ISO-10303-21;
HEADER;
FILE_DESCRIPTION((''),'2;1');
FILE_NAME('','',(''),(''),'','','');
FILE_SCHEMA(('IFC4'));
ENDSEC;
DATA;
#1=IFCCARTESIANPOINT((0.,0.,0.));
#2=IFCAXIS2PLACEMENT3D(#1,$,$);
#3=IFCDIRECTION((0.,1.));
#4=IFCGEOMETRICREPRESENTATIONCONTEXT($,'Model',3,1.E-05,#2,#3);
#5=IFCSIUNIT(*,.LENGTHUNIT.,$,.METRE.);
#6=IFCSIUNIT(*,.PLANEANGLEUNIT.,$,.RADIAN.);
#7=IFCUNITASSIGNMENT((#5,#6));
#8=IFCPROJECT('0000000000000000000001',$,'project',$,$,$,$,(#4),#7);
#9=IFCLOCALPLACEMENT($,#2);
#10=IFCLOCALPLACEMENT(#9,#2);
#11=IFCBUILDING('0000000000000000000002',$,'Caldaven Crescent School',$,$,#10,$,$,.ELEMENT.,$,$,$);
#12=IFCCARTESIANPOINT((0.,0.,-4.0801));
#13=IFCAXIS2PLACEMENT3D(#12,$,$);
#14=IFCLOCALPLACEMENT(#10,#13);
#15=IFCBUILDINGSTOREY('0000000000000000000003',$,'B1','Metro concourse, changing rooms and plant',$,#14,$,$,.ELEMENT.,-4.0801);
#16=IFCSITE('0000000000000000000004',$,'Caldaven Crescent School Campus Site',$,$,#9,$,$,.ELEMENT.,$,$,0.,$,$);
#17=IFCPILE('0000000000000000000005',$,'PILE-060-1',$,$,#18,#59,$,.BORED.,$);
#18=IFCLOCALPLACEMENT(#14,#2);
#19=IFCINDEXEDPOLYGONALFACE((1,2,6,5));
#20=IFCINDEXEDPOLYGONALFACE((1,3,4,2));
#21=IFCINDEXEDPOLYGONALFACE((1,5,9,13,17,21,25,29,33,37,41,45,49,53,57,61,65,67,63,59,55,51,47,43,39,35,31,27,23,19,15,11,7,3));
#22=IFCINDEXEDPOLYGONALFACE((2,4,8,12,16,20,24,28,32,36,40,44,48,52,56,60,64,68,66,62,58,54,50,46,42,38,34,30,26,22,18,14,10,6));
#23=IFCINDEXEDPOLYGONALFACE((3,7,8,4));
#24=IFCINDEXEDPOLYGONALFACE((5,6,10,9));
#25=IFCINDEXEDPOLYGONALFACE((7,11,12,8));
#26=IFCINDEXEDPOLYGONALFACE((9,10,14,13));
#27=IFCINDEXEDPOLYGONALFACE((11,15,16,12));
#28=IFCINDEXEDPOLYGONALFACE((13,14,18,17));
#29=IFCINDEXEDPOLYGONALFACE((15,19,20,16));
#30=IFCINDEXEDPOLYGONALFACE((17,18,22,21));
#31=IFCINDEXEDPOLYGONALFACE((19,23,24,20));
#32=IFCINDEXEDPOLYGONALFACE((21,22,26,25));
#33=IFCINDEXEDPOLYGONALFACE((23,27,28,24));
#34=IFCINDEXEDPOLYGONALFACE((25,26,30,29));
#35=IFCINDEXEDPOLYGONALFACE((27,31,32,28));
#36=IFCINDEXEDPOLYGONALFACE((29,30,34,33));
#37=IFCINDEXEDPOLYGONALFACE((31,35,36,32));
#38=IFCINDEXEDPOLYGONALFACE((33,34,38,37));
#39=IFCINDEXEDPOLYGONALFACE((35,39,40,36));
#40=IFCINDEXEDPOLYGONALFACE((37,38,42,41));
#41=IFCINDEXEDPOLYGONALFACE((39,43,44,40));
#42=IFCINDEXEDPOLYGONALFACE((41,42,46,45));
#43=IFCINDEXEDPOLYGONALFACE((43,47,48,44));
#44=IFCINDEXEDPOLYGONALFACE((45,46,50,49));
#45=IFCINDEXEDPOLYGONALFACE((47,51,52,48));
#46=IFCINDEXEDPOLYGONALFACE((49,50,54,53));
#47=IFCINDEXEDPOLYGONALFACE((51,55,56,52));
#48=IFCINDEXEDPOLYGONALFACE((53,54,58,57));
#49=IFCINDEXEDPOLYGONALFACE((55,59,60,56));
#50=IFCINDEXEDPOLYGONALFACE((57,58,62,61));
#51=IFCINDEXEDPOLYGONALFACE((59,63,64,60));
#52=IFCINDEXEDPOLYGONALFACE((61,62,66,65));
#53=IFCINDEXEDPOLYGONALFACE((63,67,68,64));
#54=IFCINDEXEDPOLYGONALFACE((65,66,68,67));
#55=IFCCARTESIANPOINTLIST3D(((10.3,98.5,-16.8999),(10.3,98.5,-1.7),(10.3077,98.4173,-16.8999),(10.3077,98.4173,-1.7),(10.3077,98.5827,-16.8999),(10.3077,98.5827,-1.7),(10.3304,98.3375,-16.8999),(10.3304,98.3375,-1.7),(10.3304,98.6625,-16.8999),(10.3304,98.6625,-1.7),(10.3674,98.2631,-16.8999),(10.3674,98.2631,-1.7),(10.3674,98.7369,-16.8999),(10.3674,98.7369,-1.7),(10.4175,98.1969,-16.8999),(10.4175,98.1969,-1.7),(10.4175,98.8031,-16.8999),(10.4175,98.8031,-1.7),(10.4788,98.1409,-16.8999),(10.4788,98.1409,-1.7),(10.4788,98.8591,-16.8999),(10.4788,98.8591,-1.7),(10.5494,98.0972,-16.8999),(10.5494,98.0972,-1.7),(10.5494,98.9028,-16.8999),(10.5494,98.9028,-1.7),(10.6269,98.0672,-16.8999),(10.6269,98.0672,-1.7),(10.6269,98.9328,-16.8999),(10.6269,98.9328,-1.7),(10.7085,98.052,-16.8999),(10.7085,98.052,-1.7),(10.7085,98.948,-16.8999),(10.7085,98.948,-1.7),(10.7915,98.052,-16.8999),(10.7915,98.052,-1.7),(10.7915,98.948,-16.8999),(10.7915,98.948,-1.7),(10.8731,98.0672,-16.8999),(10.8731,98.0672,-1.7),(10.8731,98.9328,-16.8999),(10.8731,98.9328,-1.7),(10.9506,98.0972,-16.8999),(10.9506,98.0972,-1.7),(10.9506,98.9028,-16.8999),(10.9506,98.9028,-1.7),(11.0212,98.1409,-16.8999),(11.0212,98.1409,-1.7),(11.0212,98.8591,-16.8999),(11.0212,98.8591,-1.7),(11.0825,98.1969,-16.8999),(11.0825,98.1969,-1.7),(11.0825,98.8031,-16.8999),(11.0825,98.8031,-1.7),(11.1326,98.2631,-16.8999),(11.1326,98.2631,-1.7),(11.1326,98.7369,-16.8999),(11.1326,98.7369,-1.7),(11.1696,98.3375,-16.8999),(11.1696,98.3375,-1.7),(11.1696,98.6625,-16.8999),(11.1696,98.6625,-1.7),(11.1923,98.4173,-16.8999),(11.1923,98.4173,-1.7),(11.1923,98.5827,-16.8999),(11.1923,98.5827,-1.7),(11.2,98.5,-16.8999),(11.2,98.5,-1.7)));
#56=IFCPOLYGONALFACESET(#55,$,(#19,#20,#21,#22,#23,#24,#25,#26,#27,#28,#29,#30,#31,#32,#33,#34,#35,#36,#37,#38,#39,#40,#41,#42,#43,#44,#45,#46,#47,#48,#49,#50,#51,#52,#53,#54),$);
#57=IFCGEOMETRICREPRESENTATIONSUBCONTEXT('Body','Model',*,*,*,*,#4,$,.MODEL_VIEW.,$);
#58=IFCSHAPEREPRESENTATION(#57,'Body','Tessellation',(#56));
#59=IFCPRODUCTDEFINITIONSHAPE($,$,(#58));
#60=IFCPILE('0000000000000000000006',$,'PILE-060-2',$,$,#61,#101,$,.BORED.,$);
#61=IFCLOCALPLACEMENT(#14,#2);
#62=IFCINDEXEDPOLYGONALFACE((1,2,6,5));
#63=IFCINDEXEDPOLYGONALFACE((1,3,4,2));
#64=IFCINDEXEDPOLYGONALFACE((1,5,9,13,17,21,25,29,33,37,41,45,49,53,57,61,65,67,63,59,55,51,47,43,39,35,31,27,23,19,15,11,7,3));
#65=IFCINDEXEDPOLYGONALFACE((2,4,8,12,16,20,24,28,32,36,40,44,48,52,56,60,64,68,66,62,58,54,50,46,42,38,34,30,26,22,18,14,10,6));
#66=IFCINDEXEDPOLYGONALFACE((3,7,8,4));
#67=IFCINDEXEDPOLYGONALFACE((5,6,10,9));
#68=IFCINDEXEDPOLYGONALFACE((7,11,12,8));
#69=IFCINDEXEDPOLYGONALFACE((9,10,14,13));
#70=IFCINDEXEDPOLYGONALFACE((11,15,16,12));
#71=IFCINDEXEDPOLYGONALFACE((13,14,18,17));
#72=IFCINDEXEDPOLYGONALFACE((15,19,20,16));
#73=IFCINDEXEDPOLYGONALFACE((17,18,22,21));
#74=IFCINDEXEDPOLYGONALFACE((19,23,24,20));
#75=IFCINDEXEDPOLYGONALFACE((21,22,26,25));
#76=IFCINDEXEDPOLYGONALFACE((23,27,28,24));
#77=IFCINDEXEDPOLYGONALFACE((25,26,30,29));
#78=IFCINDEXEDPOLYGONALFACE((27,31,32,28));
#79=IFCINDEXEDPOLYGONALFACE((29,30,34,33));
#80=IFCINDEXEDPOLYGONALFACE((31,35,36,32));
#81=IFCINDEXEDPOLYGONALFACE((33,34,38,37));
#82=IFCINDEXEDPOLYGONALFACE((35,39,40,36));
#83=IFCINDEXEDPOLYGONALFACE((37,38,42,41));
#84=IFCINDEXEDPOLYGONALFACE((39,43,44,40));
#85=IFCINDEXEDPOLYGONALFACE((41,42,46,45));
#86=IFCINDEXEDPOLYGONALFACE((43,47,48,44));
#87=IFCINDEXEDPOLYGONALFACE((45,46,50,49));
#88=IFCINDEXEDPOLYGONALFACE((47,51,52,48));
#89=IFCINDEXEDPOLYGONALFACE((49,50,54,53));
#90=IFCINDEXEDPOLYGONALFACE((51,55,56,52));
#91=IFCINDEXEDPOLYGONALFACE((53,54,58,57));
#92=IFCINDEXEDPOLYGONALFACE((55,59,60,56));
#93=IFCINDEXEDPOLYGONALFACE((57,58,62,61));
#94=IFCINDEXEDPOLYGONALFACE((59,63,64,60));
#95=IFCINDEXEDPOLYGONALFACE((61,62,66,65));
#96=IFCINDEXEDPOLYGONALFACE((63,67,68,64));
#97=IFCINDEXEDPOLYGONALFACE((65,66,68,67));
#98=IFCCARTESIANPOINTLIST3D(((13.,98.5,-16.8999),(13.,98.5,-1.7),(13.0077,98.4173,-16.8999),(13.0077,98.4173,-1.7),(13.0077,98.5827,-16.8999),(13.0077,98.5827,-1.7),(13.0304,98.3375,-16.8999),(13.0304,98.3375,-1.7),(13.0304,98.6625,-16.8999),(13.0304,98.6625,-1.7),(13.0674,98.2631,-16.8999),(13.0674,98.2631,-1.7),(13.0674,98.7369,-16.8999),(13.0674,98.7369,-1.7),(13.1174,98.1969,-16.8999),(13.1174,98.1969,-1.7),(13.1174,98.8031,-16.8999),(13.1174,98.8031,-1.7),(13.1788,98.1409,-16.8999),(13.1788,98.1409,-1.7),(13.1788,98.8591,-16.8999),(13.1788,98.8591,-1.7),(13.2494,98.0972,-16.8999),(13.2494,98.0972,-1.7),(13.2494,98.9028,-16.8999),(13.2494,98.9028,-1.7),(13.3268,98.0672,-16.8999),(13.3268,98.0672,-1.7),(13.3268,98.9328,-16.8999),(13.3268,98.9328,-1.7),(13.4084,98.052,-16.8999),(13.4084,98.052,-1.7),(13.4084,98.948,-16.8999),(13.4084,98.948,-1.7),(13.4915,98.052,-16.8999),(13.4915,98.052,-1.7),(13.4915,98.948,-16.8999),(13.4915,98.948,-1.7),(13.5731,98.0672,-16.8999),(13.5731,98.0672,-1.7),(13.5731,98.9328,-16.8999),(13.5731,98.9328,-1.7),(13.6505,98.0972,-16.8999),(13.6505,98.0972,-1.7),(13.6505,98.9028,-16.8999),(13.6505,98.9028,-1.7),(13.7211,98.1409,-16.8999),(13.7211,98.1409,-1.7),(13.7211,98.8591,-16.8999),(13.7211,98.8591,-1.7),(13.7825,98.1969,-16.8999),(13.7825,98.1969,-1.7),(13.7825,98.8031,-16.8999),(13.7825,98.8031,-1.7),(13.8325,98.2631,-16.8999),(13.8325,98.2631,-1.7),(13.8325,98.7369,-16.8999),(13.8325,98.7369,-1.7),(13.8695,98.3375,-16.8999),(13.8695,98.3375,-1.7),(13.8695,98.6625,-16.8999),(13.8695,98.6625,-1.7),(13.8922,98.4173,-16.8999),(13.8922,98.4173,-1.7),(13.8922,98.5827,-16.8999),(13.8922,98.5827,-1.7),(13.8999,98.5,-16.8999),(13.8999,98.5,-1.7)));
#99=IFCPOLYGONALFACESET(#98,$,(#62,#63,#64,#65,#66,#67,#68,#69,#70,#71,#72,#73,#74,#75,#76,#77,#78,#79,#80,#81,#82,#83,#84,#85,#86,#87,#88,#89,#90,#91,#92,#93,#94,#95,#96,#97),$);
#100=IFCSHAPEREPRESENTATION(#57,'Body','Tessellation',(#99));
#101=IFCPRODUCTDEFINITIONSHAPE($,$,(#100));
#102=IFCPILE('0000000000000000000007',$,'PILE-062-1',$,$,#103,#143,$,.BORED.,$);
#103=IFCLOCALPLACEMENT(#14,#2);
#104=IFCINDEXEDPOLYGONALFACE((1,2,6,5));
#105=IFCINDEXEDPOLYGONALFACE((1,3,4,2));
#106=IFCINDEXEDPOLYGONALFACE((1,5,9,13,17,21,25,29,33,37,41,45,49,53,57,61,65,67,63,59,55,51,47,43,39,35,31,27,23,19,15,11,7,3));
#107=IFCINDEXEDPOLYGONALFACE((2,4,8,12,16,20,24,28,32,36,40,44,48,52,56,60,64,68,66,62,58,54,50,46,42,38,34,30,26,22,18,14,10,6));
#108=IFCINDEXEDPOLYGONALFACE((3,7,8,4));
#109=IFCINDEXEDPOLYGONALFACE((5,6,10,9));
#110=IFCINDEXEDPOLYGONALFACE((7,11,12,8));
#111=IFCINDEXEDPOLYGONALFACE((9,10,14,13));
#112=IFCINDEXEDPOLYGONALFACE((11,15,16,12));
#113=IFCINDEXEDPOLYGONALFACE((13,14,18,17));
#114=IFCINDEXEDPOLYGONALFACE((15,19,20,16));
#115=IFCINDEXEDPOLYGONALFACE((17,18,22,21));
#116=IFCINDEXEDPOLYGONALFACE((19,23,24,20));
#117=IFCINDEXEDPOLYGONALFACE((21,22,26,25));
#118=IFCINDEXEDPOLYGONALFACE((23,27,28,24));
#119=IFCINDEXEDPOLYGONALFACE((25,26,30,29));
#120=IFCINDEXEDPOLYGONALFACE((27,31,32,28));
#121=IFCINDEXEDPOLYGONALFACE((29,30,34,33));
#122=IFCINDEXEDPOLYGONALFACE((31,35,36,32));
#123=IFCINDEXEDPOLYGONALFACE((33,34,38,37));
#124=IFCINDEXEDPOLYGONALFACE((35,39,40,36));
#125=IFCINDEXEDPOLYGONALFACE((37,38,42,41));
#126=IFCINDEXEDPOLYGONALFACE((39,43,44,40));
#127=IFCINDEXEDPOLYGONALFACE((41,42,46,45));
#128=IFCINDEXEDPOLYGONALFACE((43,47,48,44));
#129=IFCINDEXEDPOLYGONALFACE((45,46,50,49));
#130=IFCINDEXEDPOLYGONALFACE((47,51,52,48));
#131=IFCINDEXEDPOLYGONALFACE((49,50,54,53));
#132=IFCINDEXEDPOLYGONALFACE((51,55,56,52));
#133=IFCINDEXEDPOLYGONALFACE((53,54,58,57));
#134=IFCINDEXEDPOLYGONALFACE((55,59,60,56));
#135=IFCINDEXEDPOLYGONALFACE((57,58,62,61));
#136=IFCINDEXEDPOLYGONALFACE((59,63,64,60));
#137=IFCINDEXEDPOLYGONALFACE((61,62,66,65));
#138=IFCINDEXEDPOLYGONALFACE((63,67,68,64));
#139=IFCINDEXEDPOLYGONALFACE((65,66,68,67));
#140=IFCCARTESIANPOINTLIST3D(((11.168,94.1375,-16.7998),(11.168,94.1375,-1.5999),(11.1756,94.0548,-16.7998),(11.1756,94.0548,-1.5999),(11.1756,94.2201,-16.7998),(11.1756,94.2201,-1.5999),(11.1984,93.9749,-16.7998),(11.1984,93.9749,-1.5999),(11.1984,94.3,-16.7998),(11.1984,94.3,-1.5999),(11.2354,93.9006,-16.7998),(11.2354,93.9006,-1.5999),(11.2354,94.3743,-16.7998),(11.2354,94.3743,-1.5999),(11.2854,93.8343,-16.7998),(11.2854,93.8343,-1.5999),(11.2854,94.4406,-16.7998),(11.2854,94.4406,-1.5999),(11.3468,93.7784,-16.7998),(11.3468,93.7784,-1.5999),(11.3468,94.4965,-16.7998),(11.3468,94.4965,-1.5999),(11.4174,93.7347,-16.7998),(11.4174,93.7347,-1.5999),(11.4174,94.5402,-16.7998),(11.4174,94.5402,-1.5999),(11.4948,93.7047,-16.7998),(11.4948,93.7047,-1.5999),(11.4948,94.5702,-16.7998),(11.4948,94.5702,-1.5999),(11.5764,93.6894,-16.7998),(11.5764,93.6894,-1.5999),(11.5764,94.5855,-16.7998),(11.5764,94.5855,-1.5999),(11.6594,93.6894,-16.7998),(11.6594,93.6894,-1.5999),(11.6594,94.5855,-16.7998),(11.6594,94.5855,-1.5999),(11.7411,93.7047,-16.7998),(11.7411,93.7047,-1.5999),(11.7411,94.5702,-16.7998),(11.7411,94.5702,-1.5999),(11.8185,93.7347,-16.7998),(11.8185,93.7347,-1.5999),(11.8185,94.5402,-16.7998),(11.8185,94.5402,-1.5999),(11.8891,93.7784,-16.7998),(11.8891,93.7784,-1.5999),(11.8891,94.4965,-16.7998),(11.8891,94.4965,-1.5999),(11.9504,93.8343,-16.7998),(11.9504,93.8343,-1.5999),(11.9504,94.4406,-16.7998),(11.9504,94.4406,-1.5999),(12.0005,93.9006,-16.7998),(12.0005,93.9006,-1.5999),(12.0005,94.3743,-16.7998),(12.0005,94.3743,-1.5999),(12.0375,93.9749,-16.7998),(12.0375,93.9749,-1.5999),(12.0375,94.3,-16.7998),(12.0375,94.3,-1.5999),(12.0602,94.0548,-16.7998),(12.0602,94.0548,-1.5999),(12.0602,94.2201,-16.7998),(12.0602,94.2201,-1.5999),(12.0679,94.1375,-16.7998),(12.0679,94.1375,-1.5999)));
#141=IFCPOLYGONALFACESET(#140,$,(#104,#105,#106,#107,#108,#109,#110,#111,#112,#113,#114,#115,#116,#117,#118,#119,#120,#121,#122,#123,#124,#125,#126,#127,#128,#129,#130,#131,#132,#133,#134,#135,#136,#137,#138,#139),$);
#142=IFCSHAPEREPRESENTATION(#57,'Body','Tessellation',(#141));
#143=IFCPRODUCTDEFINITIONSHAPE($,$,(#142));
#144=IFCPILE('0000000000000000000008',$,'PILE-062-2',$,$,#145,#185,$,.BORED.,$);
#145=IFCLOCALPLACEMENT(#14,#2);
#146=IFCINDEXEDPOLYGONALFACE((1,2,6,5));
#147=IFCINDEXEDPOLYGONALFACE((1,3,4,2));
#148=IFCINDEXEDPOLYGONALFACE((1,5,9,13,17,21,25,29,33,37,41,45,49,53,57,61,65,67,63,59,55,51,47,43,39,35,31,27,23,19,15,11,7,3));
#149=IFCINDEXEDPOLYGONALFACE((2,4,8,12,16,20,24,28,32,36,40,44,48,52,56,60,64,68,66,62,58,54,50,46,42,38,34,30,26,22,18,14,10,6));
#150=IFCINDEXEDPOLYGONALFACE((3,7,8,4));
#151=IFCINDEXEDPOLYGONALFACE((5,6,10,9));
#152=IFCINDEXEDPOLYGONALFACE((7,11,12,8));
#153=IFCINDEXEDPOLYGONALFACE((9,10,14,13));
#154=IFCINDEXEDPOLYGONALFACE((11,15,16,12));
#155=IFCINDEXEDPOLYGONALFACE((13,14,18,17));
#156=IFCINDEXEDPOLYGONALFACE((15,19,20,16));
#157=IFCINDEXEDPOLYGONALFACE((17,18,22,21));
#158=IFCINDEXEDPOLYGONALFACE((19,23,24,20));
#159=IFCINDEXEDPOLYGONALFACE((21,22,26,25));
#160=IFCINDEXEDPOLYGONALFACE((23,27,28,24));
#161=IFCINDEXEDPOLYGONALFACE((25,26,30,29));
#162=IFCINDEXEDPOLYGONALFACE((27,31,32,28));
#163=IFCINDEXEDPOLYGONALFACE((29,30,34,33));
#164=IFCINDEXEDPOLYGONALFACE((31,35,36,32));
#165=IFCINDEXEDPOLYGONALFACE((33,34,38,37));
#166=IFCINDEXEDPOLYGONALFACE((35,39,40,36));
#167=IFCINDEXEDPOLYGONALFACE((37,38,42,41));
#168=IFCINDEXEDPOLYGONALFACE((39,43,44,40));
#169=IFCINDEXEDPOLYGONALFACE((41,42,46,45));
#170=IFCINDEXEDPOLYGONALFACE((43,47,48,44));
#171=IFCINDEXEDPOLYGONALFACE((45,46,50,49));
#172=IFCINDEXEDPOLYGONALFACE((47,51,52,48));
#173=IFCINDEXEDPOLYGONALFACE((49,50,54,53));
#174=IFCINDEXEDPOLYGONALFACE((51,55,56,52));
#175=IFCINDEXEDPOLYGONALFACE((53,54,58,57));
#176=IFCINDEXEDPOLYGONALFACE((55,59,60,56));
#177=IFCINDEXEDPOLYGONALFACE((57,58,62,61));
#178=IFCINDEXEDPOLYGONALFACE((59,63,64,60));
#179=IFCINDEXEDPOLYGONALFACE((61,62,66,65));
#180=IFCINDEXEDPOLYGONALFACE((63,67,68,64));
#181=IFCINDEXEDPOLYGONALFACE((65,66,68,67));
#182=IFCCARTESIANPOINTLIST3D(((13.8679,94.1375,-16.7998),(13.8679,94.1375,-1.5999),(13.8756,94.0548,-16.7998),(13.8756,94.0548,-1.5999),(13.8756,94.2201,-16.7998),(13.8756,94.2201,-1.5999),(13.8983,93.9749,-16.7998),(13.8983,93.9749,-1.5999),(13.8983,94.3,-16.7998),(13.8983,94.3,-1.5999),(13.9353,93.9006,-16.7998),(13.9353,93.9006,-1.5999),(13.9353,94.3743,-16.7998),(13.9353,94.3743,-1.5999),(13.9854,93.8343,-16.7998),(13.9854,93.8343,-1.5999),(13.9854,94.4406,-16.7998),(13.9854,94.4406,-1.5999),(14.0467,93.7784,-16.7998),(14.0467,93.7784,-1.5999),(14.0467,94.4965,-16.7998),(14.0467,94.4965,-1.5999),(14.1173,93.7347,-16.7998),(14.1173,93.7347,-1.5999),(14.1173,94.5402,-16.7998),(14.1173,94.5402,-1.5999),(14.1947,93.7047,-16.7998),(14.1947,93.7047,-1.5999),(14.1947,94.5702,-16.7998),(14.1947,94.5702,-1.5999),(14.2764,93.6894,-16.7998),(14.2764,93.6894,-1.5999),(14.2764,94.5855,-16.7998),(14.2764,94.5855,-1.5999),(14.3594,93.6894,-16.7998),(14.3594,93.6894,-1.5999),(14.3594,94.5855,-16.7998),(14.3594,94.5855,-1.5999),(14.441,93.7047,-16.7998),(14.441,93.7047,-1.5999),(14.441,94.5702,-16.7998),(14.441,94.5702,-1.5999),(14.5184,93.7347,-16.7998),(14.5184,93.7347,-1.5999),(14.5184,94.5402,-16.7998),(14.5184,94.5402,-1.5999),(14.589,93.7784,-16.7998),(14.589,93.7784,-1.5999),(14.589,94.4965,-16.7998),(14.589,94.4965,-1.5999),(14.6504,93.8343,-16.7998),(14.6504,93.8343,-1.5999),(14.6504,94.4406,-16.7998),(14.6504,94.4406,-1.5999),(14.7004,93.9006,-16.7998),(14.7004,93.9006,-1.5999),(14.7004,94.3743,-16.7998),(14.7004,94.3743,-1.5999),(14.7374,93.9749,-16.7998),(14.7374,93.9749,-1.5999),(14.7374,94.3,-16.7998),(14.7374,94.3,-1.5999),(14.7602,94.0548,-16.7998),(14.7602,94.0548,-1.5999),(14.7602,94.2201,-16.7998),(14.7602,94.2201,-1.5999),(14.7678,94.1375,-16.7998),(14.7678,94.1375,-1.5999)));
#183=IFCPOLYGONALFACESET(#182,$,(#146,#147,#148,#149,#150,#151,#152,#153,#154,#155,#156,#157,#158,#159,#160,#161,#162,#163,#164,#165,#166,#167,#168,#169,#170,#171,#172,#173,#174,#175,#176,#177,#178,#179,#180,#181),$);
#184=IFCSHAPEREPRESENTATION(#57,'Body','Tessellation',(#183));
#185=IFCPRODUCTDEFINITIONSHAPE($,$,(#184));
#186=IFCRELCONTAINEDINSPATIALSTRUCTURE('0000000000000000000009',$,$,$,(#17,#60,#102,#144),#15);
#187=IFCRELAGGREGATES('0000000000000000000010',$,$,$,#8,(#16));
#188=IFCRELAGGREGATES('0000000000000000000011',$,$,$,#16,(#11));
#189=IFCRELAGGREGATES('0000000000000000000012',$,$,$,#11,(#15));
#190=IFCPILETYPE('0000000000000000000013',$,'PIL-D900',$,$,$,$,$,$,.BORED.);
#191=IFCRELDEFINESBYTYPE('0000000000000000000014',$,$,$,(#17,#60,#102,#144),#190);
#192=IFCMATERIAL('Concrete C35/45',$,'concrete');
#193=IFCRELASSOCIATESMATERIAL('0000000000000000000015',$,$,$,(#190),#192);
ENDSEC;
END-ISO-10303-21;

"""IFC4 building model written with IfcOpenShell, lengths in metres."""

from ifc_helpers import new_model, si_unit, direction, frame, origin, origin_2d, place, context, subcontext, project, spatial, circle, extrude, material, material_profile, profile_set, type_object, element, save


model = new_model("IFC4")

# Units and contexts
model_context = context("Model", 3, precision=1e-05, world=origin(), true_north=direction((0.0, 1.0)))
body_context = subcontext(model_context, "Body", "Model", "MODEL_VIEW")
ifc_project = project(units=[si_unit("LENGTHUNIT", "METRE"), si_unit("PLANEANGLEUNIT", "RADIAN")], contexts=[model_context])

# Site, building, storey
site_placement = place(None, origin())
site = spatial("IfcSite", under=ifc_project, at=site_placement, Name="Caldaven Crescent School Campus Site", CompositionType="ELEMENT", RefElevation=0.0)
building_placement = place(site_placement, origin())
building = spatial("IfcBuilding", under=site, at=building_placement, Name="Caldaven Crescent School", CompositionType="ELEMENT")
storey_placement = place(building_placement, frame((0.0, 0.0, -4.0801)))
storey = spatial("IfcBuildingStorey", under=building, at=storey_placement, Name="B1", Description="Metro concourse, changing rooms and plant", CompositionType="ELEMENT", Elevation=-4.0801)

# Shared definitions
ifc_material_1 = material(Name="Concrete C35/45", Category="concrete")

# Piles
ifc_material_profile_1 = material_profile(ifc_material_1, circle(Radius=0.45, at=origin_2d()), Name="PILE D900")
ifc_profile_set_1 = profile_set([ifc_material_profile_1], Name="Concrete C35/45")
pile_type_1 = type_object("IfcPileType", Name="PIL-D900", PredefinedType="BORED", material=ifc_profile_set_1)
for number, where, z_axis, x_axis, name in (
    (1, (10.75, 98.5, -1.7), (0.0, 0.0, -1.0), (1.0, 0.0, 0.0), "PILE-060-1"),
    (2, (13.45, 98.5, -1.7), (0.0, 0.0, -1.0), (1.0, 0.0, 0.0), "PILE-060-2"),
    (3, (11.6179, 94.1375, -1.5999), (0.0, 0.0, -1.0), (1.0, 0.0, 0.0), "PILE-062-1"),
    (4, (14.3179, 94.1375, -1.5999), (0.0, 0.0, -1.0), (1.0, 0.0, 0.0), "PILE-062-2"),
):
    element("IfcPile", number, at=place(storey_placement, frame(where, z_axis=z_axis, x_axis=x_axis)), inside=storey, type_object=pile_type_1, Name=name, PredefinedType="BORED", context=body_context, shape_type="SweptSolid", body=[
        extrude(circle(Radius=0.45, at=origin_2d()), origin(), (0.0, 0.0, 1.0), 15.2),
    ])

save(model, "model.ifc")
